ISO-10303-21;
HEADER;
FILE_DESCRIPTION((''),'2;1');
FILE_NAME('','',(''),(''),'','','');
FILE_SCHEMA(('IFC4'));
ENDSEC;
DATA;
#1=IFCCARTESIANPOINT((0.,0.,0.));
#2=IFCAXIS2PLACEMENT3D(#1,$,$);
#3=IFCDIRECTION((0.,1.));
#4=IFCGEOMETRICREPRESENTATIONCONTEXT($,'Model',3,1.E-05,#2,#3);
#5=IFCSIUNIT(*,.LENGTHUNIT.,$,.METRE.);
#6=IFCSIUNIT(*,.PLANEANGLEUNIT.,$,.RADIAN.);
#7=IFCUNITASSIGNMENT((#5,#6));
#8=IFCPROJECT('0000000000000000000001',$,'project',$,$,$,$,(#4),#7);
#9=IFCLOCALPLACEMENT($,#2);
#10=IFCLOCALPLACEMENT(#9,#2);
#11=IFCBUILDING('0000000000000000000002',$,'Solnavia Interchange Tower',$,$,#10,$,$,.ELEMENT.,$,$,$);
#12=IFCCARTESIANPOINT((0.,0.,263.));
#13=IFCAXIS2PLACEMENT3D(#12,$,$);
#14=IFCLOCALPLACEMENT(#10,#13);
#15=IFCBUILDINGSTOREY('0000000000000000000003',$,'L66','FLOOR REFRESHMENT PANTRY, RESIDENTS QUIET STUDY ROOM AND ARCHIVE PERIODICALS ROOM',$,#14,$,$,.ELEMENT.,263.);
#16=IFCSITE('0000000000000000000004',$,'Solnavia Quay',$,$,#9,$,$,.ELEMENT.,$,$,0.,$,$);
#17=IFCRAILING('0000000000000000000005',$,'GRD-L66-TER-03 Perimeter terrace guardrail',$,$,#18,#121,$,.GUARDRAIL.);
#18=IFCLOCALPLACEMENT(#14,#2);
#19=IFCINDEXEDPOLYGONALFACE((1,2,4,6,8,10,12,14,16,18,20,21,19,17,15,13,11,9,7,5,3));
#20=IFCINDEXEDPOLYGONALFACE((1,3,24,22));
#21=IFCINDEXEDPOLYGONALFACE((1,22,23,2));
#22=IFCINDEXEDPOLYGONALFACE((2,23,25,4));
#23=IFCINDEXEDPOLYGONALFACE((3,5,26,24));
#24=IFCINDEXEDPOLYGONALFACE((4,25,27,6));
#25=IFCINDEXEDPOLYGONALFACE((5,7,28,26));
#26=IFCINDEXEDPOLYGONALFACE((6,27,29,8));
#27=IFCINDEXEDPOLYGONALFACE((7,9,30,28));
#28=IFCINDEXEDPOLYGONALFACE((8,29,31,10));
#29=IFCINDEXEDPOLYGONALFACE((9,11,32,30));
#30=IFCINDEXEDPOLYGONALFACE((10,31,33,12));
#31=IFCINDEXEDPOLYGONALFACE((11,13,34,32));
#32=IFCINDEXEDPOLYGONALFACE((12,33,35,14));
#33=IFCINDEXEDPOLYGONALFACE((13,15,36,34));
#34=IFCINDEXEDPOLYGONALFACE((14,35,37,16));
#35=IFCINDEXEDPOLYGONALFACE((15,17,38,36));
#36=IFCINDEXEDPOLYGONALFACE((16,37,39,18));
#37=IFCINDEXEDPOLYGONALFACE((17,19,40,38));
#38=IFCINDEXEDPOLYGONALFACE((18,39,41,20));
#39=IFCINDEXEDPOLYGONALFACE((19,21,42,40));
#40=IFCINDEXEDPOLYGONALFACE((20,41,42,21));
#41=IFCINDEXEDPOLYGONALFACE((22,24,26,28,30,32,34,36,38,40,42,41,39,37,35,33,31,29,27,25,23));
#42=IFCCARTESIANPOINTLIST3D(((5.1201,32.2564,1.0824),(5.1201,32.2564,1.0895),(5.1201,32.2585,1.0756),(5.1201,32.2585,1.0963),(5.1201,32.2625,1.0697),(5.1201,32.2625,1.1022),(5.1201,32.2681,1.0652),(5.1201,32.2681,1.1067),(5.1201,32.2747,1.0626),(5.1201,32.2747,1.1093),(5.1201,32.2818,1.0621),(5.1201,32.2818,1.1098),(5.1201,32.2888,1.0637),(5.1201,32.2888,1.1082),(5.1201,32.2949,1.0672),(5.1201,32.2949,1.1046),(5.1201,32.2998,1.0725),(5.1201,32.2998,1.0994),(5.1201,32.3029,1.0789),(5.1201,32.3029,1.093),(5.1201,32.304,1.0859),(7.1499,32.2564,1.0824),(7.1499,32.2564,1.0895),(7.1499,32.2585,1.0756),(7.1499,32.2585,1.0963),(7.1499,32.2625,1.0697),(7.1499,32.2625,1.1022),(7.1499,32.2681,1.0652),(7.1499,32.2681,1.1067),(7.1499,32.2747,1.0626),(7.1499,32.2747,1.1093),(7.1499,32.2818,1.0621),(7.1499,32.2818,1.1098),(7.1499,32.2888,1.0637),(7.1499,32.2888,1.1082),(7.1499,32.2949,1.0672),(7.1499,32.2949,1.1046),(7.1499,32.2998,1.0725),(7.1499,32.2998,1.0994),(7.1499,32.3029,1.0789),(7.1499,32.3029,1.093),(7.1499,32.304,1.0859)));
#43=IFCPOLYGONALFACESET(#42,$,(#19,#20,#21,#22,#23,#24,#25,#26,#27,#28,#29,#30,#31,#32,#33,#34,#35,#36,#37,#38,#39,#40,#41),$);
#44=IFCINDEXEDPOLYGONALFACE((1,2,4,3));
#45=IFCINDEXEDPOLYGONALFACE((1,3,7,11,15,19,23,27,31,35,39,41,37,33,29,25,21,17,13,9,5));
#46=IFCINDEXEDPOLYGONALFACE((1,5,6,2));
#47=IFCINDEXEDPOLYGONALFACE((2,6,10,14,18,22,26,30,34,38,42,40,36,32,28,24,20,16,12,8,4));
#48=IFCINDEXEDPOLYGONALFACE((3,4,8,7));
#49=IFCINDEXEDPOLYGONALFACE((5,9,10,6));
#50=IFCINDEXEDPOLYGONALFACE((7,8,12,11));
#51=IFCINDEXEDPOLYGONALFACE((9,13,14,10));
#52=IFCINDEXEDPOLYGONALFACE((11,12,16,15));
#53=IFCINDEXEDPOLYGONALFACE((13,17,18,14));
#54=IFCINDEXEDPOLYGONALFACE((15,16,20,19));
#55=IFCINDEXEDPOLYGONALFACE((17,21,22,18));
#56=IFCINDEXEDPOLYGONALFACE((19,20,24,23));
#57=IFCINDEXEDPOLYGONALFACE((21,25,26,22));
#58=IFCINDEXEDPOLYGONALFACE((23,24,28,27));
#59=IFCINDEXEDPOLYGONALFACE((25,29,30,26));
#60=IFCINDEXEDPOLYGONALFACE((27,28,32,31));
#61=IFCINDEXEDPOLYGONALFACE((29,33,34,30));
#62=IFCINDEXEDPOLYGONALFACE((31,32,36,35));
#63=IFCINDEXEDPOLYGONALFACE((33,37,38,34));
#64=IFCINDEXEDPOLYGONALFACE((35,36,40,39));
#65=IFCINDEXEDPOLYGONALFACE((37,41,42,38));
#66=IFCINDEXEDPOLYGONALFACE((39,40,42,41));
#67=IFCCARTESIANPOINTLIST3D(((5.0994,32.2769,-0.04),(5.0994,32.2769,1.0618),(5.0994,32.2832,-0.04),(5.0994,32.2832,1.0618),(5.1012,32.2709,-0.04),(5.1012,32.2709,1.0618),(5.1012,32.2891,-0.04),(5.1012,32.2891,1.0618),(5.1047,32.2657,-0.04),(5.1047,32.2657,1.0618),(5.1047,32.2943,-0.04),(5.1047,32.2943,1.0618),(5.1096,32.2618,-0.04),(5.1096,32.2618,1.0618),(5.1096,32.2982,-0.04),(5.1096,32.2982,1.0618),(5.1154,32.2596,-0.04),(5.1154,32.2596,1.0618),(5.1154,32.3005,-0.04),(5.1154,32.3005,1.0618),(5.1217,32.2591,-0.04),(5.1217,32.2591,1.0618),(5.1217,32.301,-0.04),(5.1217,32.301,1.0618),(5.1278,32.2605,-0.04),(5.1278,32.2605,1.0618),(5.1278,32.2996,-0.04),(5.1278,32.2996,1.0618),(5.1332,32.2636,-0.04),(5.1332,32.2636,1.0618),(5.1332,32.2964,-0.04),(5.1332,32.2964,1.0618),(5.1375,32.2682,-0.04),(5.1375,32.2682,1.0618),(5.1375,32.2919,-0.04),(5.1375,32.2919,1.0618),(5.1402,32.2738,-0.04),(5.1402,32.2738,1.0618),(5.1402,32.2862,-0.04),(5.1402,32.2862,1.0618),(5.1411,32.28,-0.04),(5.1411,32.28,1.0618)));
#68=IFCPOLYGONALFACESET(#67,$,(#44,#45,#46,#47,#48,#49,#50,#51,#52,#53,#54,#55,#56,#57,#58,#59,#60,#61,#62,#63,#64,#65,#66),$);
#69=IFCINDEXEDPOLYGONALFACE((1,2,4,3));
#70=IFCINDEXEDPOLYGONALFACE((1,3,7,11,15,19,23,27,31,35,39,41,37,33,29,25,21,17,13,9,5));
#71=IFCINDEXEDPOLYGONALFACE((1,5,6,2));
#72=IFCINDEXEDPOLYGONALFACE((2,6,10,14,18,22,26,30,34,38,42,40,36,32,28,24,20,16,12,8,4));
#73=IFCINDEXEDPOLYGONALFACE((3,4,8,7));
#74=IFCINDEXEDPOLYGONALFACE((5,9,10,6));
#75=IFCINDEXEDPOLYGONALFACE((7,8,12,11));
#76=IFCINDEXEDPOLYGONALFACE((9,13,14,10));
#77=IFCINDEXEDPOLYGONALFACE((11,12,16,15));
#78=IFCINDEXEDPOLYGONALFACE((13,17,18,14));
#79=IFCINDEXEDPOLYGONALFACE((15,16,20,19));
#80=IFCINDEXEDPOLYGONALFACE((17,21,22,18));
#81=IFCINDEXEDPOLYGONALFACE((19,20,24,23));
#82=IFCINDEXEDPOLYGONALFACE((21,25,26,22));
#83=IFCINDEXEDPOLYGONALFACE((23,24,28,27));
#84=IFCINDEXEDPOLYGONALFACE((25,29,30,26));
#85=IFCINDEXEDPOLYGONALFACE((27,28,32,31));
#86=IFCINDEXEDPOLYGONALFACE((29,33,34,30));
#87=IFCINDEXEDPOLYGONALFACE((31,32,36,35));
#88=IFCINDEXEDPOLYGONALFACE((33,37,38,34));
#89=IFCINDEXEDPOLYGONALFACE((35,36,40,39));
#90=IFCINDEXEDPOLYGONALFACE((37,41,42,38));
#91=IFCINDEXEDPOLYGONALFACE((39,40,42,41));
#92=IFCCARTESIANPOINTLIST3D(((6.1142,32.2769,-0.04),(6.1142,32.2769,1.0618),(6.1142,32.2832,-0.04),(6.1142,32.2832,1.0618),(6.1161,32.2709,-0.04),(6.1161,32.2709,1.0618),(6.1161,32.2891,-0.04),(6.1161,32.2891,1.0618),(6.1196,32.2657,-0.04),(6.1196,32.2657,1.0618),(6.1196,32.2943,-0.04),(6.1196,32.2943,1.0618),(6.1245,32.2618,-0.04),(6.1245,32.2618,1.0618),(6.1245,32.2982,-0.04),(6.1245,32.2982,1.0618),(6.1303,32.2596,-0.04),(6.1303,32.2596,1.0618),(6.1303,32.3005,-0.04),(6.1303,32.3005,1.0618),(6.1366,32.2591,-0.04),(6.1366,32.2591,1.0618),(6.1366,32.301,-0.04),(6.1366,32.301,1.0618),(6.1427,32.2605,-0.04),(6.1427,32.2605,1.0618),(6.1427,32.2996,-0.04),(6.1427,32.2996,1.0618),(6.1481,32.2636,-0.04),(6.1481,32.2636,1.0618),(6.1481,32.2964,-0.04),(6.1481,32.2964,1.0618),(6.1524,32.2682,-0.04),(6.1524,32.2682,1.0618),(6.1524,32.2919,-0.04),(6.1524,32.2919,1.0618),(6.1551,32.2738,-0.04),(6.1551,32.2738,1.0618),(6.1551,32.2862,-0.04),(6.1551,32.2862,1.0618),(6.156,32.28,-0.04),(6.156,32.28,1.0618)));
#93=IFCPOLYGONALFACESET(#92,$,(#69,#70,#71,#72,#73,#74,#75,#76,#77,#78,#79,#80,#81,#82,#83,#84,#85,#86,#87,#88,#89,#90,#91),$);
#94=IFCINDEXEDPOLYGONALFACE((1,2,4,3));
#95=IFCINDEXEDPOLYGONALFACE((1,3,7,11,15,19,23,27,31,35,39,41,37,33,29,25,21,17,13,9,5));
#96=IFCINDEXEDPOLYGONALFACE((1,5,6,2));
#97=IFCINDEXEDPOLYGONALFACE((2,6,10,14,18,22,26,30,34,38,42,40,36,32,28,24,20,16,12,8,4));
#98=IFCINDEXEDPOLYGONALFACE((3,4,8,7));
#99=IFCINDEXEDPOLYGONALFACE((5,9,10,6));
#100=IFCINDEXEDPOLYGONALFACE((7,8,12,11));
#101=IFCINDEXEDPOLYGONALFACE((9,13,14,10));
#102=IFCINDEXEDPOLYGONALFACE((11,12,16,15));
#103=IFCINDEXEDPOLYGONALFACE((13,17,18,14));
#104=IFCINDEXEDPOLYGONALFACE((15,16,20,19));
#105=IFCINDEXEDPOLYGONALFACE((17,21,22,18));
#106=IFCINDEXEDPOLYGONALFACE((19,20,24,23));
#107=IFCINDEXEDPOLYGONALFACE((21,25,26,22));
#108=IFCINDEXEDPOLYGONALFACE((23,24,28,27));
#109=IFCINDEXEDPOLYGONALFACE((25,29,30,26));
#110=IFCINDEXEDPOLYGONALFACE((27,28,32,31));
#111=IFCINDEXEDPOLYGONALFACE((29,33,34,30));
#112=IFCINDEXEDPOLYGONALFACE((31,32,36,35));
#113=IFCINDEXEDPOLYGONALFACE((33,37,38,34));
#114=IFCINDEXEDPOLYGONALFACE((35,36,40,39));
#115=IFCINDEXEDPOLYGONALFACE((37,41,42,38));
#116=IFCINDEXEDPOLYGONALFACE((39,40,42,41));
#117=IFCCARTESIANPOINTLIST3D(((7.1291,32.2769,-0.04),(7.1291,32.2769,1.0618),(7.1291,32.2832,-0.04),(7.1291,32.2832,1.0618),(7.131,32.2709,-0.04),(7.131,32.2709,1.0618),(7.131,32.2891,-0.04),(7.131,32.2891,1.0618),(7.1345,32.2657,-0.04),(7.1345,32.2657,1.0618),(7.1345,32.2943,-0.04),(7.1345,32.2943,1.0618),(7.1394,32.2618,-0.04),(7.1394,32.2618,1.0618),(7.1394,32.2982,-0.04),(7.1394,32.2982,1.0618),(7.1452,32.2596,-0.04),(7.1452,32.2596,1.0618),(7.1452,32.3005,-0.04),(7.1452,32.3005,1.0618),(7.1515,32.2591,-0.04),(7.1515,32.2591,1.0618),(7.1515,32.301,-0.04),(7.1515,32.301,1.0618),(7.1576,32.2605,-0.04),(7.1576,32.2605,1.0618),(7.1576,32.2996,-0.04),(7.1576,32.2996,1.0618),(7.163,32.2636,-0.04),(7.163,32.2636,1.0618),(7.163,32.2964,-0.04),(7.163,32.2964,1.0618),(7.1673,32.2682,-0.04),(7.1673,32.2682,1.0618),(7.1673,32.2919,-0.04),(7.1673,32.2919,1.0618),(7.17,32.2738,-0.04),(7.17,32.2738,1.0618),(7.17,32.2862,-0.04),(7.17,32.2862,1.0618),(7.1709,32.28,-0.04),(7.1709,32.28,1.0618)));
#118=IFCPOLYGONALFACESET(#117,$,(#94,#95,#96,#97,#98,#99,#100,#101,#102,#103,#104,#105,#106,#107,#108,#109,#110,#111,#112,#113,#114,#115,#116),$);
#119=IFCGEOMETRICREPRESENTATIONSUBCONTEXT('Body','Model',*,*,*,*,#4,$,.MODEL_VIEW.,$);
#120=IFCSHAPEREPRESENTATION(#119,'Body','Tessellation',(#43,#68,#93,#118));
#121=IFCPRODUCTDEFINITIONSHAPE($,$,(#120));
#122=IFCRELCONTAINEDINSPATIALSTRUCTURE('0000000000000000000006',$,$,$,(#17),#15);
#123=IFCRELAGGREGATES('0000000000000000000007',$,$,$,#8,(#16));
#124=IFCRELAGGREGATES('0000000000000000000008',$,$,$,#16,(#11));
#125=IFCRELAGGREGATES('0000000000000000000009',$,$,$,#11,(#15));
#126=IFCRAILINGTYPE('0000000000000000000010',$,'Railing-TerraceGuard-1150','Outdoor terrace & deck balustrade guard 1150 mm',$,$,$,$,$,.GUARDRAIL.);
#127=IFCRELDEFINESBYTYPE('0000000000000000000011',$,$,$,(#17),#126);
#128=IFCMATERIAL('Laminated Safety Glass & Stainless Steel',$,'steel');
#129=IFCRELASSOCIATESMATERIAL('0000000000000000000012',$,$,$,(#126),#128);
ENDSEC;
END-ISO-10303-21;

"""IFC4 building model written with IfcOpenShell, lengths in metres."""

from ifc_helpers import new_model, si_unit, direction, frame, origin, origin_2d, place, context, subcontext, project, spatial, circle, extrude, material, type_object, element, save


model = new_model("IFC4")

# Units and contexts
model_context = context("Model", 3, precision=1e-05, world=origin(), true_north=direction((0.0, 1.0)))
body_context = subcontext(model_context, "Body", "Model", "MODEL_VIEW")
ifc_project = project(units=[si_unit("LENGTHUNIT", "METRE"), si_unit("PLANEANGLEUNIT", "RADIAN")], contexts=[model_context])

# Site, building, storey
site_placement = place(None, origin())
site = spatial("IfcSite", under=ifc_project, at=site_placement, Name="Solnavia Quay", CompositionType="ELEMENT", RefElevation=0.0)
building_placement = place(site_placement, origin())
building = spatial("IfcBuilding", under=site, at=building_placement, Name="Solnavia Interchange Tower", CompositionType="ELEMENT")
storey_placement = place(building_placement, frame((0.0, 0.0, 263.0)))
storey = spatial("IfcBuildingStorey", under=building, at=storey_placement, Name="L66", Description="FLOOR REFRESHMENT PANTRY, RESIDENTS QUIET STUDY ROOM AND ARCHIVE PERIODICALS ROOM", CompositionType="ELEMENT", Elevation=263.0)

# Railing
ifc_material_1 = material(Name="Laminated Safety Glass & Stainless Steel", Category="steel")
railing_type = type_object("IfcRailingType", Name="Railing-TerraceGuard-1150", Description="Outdoor terrace & deck balustrade guard 1150 mm", PredefinedType="GUARDRAIL", material=ifc_material_1)
railing_1_placement = place(storey_placement, frame((5.1201, 32.28, -0.04)))
element("IfcRailing", 1, at=railing_1_placement, inside=storey, type_object=railing_type, Name="GRD-L66-TER-03 Perimeter terrace guardrail", PredefinedType="GUARDRAIL", context=body_context, shape_type="SweptSolid", body=[
    extrude(circle(Radius=0.0239, at=origin_2d()), frame((0.0, 0.0, 1.126), z_axis=(1.0, 0.0, 0.0), x_axis=(0.0, 1.0, 0.0)), (0.0, 0.0, 1.0), 2.0298),
    extrude(circle(Radius=0.021, at=origin_2d()), origin(), (0.0, 0.0, 1.0), 1.1018),
    extrude(circle(Radius=0.021, at=origin_2d()), frame((1.0149, 0.0, 0.0)), (0.0, 0.0, 1.0), 1.1018),
    extrude(circle(Radius=0.021, at=origin_2d()), frame((2.0298, 0.0, 0.0)), (0.0, 0.0, 1.0), 1.1018),
])

save(model, "model.ifc")
